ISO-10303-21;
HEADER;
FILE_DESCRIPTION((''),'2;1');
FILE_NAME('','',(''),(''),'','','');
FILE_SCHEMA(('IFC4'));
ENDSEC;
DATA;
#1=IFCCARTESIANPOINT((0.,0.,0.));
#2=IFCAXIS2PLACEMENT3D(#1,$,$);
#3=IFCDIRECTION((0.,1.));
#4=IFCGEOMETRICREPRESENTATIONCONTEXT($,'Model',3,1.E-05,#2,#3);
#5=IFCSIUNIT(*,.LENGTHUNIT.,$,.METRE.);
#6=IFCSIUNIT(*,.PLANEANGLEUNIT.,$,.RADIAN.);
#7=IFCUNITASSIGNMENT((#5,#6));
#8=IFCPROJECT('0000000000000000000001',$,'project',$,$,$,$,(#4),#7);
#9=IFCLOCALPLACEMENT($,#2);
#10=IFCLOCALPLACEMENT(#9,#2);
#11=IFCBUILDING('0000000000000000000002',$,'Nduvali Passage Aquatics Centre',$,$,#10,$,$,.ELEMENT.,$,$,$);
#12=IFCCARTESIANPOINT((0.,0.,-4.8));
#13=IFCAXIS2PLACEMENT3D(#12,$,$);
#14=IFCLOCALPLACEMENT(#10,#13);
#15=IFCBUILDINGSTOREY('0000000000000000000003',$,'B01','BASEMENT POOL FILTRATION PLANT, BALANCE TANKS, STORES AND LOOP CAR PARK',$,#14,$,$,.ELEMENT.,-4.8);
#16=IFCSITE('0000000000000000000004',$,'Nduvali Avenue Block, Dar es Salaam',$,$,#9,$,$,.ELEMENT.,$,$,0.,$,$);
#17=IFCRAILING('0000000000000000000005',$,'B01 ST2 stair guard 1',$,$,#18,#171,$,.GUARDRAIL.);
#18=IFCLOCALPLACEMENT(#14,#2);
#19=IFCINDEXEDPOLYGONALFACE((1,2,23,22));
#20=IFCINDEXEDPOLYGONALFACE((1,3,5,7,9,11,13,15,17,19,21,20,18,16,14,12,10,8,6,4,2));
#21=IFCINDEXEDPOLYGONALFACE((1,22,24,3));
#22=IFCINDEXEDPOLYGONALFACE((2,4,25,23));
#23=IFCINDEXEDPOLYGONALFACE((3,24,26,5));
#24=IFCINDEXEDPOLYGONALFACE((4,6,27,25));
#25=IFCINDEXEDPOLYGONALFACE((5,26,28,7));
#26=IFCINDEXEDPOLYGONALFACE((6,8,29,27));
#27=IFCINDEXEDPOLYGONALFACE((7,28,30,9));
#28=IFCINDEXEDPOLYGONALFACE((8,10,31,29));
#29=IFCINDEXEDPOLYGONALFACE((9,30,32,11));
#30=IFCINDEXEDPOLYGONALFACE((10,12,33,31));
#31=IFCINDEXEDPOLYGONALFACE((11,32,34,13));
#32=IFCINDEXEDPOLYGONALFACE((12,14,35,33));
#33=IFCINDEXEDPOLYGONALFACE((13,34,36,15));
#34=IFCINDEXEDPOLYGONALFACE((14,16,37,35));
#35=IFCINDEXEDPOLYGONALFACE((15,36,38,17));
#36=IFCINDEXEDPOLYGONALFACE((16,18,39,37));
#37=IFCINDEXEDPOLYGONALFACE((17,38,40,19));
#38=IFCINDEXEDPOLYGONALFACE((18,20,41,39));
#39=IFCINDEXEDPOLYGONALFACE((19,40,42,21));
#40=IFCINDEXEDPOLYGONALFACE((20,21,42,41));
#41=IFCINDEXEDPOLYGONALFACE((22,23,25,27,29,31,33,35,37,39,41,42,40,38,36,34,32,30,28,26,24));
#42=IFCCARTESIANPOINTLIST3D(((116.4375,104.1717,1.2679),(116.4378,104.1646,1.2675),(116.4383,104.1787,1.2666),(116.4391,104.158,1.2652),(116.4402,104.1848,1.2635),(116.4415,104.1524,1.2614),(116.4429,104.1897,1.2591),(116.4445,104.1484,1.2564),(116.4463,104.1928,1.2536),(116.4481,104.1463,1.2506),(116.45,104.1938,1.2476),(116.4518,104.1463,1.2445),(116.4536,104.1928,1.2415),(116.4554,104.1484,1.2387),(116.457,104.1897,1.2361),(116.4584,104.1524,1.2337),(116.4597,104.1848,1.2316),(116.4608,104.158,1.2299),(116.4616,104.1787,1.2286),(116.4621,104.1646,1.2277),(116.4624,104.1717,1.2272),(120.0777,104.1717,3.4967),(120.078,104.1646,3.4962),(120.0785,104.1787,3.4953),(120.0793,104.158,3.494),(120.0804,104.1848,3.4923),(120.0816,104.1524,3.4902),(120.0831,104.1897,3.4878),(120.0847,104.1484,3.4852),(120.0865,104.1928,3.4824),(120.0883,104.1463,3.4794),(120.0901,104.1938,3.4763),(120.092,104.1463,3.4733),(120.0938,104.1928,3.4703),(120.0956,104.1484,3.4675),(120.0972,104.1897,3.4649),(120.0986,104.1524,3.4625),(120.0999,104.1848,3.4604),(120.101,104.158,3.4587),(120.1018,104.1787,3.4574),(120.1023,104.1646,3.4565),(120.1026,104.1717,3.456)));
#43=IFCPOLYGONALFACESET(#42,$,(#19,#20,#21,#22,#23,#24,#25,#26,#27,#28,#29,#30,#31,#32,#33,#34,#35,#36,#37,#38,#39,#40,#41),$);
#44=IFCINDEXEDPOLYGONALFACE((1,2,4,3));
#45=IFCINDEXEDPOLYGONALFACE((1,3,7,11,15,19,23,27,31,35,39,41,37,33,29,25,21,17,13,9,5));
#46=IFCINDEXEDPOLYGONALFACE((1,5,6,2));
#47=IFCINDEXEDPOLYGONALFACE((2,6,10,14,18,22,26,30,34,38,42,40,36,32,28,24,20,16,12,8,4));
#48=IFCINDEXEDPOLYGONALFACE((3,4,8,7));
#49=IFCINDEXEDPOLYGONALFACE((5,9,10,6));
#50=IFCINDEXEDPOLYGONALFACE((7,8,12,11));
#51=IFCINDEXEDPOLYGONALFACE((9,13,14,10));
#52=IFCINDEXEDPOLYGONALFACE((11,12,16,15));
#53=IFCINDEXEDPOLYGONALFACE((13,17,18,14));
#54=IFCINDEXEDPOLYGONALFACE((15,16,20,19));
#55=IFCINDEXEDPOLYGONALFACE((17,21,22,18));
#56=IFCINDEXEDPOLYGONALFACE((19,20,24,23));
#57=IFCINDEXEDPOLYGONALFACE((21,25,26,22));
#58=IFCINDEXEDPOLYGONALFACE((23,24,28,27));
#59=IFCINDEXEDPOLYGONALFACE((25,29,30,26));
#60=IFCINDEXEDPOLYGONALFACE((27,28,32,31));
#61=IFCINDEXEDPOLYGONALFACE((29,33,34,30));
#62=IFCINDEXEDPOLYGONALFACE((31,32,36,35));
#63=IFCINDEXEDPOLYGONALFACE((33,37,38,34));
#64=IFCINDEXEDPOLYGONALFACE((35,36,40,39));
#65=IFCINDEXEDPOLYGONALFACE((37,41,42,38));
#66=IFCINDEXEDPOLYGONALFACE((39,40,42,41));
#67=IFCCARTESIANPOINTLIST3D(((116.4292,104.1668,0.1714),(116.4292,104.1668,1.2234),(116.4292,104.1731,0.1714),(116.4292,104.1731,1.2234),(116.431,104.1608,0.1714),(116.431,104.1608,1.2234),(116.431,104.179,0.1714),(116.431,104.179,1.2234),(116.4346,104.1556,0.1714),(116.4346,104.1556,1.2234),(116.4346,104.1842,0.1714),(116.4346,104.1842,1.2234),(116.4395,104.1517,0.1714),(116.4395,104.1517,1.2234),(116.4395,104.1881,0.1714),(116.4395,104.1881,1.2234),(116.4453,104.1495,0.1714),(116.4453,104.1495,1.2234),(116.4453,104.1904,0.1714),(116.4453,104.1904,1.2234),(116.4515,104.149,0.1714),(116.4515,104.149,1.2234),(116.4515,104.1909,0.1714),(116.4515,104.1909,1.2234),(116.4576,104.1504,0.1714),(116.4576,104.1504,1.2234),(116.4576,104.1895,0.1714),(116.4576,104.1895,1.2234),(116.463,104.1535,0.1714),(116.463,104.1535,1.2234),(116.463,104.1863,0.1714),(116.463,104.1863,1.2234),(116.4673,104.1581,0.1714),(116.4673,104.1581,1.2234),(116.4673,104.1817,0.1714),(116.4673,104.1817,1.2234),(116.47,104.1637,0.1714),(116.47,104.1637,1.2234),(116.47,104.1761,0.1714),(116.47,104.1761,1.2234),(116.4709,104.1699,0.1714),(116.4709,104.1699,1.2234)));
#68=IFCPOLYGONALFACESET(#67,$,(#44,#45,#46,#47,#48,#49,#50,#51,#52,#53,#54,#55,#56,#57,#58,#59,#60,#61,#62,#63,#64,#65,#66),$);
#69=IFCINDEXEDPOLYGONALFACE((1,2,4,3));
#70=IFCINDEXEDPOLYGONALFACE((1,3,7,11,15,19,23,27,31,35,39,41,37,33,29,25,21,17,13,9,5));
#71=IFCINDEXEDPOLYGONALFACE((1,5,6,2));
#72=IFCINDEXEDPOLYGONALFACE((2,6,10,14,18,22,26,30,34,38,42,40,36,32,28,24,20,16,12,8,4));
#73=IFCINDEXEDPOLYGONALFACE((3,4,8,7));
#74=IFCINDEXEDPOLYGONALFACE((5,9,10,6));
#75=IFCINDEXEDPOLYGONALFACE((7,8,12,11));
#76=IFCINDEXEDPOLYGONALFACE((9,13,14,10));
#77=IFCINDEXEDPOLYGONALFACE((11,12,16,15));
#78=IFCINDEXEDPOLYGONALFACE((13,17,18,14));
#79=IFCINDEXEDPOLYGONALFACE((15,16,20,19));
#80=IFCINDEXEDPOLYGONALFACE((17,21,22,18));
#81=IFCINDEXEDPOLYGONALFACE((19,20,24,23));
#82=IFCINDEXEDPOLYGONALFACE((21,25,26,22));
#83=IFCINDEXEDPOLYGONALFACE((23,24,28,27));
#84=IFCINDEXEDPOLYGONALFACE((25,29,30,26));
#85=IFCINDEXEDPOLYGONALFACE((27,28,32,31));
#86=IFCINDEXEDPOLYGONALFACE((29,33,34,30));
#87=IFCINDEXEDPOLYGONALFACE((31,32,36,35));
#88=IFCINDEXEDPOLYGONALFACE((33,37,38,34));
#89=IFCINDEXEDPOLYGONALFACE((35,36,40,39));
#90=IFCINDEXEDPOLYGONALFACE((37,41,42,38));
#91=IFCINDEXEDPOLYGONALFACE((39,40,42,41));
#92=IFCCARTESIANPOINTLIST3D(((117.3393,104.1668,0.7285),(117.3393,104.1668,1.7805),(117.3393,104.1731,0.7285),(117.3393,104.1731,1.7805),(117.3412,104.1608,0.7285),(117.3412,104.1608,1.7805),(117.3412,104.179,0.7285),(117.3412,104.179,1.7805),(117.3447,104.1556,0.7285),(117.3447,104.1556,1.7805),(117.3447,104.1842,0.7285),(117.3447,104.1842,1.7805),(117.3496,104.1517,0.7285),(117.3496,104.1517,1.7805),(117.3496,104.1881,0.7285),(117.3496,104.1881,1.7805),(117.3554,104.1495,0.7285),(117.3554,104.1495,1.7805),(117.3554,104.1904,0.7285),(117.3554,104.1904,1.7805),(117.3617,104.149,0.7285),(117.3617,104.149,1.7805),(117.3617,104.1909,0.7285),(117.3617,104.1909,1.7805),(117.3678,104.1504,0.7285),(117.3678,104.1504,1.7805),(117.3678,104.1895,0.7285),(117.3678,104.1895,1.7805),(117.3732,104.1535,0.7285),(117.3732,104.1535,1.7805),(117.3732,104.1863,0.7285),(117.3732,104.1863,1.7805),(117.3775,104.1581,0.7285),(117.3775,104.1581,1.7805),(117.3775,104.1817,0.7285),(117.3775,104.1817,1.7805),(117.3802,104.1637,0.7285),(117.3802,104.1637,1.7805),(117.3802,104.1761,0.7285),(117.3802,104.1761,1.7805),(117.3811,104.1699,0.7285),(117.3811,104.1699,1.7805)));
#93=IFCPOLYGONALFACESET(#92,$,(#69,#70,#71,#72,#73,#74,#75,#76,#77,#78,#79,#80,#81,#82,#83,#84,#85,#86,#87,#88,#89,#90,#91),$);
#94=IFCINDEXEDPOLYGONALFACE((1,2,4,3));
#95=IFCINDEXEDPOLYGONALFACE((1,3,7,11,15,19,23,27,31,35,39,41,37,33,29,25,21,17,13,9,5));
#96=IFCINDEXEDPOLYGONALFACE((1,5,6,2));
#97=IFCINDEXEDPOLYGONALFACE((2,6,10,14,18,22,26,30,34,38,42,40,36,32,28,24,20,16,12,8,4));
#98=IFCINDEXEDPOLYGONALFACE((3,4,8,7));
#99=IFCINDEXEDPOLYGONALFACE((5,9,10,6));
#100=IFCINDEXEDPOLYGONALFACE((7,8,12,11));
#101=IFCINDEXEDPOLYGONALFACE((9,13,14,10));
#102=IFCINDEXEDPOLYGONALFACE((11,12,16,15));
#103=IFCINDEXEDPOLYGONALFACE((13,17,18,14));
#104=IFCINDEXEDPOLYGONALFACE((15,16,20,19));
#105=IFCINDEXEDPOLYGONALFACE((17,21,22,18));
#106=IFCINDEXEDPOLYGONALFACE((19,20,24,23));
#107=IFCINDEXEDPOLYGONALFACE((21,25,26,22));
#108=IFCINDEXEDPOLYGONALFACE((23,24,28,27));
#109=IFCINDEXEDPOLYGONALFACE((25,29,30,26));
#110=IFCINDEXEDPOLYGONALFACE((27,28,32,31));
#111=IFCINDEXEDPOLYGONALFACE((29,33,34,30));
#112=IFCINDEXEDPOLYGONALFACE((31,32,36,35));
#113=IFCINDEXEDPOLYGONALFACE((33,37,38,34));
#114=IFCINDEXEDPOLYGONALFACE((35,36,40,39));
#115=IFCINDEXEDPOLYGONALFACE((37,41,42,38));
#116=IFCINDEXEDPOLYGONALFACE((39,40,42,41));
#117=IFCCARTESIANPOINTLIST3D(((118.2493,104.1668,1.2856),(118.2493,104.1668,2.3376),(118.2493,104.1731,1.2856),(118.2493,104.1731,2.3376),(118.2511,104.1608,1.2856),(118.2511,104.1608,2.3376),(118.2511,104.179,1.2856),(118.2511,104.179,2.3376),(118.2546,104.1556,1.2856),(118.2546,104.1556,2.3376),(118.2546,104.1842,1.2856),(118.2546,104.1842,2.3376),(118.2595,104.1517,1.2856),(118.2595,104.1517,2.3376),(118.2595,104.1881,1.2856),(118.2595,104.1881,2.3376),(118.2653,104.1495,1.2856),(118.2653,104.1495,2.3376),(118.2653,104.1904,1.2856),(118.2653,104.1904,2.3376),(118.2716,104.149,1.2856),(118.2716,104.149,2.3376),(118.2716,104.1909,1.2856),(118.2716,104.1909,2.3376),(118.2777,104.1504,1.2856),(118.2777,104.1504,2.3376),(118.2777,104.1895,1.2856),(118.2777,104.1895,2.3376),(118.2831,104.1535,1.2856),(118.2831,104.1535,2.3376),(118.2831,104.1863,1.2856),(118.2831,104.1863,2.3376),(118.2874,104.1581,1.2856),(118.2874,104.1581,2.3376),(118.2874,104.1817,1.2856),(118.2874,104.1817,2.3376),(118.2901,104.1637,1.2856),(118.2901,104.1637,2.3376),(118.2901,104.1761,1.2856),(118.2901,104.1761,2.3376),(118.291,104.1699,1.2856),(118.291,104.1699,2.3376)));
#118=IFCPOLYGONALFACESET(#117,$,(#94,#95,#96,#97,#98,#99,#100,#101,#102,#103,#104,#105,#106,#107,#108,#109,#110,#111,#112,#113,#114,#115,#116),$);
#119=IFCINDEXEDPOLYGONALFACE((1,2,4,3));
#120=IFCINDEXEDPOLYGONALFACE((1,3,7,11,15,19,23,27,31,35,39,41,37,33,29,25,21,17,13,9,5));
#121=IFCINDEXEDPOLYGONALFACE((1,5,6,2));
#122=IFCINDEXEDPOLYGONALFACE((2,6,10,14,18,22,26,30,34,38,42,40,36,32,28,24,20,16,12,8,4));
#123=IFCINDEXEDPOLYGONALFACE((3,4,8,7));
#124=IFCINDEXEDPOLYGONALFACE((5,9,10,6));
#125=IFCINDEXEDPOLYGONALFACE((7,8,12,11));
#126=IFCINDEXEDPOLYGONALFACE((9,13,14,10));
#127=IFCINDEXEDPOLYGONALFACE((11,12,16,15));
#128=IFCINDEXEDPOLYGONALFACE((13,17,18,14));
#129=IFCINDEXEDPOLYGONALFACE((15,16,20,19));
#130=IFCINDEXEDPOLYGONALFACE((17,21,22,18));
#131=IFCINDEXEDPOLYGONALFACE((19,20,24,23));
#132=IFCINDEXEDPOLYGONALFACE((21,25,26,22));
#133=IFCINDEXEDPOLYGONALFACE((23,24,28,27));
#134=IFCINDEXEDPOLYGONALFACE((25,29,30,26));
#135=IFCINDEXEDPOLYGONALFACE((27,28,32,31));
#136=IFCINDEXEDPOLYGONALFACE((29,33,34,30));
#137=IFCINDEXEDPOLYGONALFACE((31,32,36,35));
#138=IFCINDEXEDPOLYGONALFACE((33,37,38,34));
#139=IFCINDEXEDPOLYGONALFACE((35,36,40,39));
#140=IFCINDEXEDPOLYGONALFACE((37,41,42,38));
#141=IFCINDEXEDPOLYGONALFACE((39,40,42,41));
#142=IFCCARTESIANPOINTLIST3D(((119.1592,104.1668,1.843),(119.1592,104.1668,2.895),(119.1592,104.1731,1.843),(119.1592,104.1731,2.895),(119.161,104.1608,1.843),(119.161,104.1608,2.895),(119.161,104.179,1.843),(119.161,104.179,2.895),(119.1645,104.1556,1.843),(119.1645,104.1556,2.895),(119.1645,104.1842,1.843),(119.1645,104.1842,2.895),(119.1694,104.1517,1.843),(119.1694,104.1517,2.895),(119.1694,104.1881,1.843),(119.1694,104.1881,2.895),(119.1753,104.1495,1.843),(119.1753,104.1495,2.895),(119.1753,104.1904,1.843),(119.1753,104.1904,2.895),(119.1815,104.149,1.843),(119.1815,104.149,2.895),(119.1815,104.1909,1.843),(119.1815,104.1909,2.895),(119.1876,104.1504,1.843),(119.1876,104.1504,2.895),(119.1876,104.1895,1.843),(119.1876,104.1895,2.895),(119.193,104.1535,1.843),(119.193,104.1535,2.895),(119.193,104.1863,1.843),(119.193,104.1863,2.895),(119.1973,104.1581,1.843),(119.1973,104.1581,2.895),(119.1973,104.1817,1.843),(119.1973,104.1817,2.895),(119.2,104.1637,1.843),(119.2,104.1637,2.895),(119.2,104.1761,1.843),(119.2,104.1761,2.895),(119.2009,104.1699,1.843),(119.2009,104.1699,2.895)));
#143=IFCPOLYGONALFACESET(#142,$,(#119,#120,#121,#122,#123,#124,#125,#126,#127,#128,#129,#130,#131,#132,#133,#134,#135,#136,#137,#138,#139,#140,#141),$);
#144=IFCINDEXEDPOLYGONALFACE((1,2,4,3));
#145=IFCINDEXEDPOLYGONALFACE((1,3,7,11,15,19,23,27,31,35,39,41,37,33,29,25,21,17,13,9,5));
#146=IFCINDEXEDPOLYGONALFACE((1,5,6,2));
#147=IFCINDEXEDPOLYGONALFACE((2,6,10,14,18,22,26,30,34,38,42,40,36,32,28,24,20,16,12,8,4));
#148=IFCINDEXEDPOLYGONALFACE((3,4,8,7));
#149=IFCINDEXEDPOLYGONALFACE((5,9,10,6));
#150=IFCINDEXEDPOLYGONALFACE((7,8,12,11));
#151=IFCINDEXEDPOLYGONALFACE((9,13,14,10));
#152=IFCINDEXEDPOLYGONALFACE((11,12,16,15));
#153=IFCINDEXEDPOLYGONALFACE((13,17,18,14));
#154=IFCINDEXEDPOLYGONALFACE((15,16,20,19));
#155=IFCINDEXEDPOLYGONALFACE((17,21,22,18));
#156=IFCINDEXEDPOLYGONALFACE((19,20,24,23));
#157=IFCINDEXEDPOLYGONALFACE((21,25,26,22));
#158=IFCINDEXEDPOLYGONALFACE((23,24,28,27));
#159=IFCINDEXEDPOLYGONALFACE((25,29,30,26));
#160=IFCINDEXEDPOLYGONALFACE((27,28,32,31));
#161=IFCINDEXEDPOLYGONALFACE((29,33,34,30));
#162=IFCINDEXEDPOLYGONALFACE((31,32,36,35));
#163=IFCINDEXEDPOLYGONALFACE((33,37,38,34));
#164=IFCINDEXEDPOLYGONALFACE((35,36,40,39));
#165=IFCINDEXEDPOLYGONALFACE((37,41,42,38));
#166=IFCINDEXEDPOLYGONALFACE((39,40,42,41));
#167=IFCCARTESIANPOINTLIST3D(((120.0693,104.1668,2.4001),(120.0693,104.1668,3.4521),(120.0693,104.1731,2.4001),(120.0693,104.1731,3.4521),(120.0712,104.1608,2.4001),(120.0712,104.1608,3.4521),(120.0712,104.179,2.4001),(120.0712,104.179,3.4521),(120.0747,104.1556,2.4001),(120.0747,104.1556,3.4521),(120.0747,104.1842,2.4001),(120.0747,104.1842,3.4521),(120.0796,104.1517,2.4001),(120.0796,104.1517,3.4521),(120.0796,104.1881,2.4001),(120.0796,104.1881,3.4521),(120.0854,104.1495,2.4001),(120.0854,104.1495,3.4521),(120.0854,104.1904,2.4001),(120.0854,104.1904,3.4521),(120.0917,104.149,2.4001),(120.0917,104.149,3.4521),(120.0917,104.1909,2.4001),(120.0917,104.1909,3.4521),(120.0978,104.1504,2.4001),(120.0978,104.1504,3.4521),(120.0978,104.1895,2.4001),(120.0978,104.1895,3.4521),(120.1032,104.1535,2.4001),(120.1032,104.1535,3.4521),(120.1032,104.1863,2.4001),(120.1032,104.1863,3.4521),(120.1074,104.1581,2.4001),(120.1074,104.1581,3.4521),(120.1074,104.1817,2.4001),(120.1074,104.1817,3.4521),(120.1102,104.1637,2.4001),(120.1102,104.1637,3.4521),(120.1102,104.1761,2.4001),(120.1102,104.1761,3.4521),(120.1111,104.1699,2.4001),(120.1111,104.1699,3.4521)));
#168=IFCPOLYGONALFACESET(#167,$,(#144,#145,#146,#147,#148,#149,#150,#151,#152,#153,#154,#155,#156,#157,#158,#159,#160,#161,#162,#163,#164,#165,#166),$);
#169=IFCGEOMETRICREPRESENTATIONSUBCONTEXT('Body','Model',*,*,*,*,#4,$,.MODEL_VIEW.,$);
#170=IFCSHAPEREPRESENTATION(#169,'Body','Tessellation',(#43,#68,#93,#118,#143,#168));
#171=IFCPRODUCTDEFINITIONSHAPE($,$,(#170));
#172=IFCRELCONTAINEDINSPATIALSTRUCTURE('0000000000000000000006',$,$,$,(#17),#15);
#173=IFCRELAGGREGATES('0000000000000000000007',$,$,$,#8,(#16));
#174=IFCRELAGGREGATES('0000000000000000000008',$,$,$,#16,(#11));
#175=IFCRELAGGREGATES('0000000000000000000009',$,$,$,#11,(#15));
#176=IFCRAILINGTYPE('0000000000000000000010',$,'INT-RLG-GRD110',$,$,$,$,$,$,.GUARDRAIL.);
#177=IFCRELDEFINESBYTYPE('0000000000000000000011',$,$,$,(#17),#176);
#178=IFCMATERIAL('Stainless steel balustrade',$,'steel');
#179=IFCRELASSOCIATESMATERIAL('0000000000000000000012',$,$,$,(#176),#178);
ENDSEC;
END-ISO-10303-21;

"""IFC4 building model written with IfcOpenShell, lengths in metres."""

from ifc_helpers import new_model, si_unit, direction, frame, origin, origin_2d, place, context, subcontext, project, spatial, circle, extrude, material, type_object, element, save


model = new_model("IFC4")

# Units and contexts
model_context = context("Model", 3, precision=1e-05, world=origin(), true_north=direction((0.0, 1.0)))
body_context = subcontext(model_context, "Body", "Model", "MODEL_VIEW")
ifc_project = project(units=[si_unit("LENGTHUNIT", "METRE"), si_unit("PLANEANGLEUNIT", "RADIAN")], contexts=[model_context])

# Site, building, storey
site_placement = place(None, origin())
site = spatial("IfcSite", under=ifc_project, at=site_placement, Name="Nduvali Avenue Block, Dar es Salaam", CompositionType="ELEMENT", RefElevation=0.0)
building_placement = place(site_placement, origin())
building = spatial("IfcBuilding", under=site, at=building_placement, Name="Nduvali Passage Aquatics Centre", CompositionType="ELEMENT")
storey_placement = place(building_placement, frame((0.0, 0.0, -4.8)))
storey = spatial("IfcBuildingStorey", under=building, at=storey_placement, Name="B01", Description="BASEMENT POOL FILTRATION PLANT, BALANCE TANKS, STORES AND LOOP CAR PARK", CompositionType="ELEMENT", Elevation=-4.8)

# Railing
ifc_material_1 = material(Name="Stainless steel balustrade", Category="steel")
railing_type_1 = type_object("IfcRailingType", Name="INT-RLG-GRD110", PredefinedType="GUARDRAIL", material=ifc_material_1)
railing_1_placement = place(storey_placement, frame((116.45, 104.1699, 0.1714)))
element("IfcRailing", 1, at=railing_1_placement, inside=storey, type_object=railing_type_1, Name="B01 ST2 stair guard 1", PredefinedType="GUARDRAIL", context=body_context, shape_type="SweptSolid", body=[
    extrude(circle(Radius=0.0239, at=origin_2d()), frame((0.0, 0.0, 1.0762), z_axis=(0.85284, 0.0, 0.522172), x_axis=(0.0, 1.0, 0.0)), (0.0, 0.0, 1.0), 4.2683),
    extrude(circle(Radius=0.021, at=origin_2d()), origin(), (0.0, 0.0, 1.0), 1.052),
    extrude(circle(Radius=0.021, at=origin_2d()), frame((0.9102, 0.0, 0.5571)), (0.0, 0.0, 1.0), 1.052),
    extrude(circle(Radius=0.021, at=origin_2d()), frame((1.8201, 0.0, 1.1143)), (0.0, 0.0, 1.0), 1.052),
    extrude(circle(Radius=0.021, at=origin_2d()), frame((2.73, 0.0, 1.6716)), (0.0, 0.0, 1.0), 1.052),
    extrude(circle(Radius=0.021, at=origin_2d()), frame((3.6401, 0.0, 2.2288)), (0.0, 0.0, 1.0), 1.052),
])

save(model, "model.ifc")
